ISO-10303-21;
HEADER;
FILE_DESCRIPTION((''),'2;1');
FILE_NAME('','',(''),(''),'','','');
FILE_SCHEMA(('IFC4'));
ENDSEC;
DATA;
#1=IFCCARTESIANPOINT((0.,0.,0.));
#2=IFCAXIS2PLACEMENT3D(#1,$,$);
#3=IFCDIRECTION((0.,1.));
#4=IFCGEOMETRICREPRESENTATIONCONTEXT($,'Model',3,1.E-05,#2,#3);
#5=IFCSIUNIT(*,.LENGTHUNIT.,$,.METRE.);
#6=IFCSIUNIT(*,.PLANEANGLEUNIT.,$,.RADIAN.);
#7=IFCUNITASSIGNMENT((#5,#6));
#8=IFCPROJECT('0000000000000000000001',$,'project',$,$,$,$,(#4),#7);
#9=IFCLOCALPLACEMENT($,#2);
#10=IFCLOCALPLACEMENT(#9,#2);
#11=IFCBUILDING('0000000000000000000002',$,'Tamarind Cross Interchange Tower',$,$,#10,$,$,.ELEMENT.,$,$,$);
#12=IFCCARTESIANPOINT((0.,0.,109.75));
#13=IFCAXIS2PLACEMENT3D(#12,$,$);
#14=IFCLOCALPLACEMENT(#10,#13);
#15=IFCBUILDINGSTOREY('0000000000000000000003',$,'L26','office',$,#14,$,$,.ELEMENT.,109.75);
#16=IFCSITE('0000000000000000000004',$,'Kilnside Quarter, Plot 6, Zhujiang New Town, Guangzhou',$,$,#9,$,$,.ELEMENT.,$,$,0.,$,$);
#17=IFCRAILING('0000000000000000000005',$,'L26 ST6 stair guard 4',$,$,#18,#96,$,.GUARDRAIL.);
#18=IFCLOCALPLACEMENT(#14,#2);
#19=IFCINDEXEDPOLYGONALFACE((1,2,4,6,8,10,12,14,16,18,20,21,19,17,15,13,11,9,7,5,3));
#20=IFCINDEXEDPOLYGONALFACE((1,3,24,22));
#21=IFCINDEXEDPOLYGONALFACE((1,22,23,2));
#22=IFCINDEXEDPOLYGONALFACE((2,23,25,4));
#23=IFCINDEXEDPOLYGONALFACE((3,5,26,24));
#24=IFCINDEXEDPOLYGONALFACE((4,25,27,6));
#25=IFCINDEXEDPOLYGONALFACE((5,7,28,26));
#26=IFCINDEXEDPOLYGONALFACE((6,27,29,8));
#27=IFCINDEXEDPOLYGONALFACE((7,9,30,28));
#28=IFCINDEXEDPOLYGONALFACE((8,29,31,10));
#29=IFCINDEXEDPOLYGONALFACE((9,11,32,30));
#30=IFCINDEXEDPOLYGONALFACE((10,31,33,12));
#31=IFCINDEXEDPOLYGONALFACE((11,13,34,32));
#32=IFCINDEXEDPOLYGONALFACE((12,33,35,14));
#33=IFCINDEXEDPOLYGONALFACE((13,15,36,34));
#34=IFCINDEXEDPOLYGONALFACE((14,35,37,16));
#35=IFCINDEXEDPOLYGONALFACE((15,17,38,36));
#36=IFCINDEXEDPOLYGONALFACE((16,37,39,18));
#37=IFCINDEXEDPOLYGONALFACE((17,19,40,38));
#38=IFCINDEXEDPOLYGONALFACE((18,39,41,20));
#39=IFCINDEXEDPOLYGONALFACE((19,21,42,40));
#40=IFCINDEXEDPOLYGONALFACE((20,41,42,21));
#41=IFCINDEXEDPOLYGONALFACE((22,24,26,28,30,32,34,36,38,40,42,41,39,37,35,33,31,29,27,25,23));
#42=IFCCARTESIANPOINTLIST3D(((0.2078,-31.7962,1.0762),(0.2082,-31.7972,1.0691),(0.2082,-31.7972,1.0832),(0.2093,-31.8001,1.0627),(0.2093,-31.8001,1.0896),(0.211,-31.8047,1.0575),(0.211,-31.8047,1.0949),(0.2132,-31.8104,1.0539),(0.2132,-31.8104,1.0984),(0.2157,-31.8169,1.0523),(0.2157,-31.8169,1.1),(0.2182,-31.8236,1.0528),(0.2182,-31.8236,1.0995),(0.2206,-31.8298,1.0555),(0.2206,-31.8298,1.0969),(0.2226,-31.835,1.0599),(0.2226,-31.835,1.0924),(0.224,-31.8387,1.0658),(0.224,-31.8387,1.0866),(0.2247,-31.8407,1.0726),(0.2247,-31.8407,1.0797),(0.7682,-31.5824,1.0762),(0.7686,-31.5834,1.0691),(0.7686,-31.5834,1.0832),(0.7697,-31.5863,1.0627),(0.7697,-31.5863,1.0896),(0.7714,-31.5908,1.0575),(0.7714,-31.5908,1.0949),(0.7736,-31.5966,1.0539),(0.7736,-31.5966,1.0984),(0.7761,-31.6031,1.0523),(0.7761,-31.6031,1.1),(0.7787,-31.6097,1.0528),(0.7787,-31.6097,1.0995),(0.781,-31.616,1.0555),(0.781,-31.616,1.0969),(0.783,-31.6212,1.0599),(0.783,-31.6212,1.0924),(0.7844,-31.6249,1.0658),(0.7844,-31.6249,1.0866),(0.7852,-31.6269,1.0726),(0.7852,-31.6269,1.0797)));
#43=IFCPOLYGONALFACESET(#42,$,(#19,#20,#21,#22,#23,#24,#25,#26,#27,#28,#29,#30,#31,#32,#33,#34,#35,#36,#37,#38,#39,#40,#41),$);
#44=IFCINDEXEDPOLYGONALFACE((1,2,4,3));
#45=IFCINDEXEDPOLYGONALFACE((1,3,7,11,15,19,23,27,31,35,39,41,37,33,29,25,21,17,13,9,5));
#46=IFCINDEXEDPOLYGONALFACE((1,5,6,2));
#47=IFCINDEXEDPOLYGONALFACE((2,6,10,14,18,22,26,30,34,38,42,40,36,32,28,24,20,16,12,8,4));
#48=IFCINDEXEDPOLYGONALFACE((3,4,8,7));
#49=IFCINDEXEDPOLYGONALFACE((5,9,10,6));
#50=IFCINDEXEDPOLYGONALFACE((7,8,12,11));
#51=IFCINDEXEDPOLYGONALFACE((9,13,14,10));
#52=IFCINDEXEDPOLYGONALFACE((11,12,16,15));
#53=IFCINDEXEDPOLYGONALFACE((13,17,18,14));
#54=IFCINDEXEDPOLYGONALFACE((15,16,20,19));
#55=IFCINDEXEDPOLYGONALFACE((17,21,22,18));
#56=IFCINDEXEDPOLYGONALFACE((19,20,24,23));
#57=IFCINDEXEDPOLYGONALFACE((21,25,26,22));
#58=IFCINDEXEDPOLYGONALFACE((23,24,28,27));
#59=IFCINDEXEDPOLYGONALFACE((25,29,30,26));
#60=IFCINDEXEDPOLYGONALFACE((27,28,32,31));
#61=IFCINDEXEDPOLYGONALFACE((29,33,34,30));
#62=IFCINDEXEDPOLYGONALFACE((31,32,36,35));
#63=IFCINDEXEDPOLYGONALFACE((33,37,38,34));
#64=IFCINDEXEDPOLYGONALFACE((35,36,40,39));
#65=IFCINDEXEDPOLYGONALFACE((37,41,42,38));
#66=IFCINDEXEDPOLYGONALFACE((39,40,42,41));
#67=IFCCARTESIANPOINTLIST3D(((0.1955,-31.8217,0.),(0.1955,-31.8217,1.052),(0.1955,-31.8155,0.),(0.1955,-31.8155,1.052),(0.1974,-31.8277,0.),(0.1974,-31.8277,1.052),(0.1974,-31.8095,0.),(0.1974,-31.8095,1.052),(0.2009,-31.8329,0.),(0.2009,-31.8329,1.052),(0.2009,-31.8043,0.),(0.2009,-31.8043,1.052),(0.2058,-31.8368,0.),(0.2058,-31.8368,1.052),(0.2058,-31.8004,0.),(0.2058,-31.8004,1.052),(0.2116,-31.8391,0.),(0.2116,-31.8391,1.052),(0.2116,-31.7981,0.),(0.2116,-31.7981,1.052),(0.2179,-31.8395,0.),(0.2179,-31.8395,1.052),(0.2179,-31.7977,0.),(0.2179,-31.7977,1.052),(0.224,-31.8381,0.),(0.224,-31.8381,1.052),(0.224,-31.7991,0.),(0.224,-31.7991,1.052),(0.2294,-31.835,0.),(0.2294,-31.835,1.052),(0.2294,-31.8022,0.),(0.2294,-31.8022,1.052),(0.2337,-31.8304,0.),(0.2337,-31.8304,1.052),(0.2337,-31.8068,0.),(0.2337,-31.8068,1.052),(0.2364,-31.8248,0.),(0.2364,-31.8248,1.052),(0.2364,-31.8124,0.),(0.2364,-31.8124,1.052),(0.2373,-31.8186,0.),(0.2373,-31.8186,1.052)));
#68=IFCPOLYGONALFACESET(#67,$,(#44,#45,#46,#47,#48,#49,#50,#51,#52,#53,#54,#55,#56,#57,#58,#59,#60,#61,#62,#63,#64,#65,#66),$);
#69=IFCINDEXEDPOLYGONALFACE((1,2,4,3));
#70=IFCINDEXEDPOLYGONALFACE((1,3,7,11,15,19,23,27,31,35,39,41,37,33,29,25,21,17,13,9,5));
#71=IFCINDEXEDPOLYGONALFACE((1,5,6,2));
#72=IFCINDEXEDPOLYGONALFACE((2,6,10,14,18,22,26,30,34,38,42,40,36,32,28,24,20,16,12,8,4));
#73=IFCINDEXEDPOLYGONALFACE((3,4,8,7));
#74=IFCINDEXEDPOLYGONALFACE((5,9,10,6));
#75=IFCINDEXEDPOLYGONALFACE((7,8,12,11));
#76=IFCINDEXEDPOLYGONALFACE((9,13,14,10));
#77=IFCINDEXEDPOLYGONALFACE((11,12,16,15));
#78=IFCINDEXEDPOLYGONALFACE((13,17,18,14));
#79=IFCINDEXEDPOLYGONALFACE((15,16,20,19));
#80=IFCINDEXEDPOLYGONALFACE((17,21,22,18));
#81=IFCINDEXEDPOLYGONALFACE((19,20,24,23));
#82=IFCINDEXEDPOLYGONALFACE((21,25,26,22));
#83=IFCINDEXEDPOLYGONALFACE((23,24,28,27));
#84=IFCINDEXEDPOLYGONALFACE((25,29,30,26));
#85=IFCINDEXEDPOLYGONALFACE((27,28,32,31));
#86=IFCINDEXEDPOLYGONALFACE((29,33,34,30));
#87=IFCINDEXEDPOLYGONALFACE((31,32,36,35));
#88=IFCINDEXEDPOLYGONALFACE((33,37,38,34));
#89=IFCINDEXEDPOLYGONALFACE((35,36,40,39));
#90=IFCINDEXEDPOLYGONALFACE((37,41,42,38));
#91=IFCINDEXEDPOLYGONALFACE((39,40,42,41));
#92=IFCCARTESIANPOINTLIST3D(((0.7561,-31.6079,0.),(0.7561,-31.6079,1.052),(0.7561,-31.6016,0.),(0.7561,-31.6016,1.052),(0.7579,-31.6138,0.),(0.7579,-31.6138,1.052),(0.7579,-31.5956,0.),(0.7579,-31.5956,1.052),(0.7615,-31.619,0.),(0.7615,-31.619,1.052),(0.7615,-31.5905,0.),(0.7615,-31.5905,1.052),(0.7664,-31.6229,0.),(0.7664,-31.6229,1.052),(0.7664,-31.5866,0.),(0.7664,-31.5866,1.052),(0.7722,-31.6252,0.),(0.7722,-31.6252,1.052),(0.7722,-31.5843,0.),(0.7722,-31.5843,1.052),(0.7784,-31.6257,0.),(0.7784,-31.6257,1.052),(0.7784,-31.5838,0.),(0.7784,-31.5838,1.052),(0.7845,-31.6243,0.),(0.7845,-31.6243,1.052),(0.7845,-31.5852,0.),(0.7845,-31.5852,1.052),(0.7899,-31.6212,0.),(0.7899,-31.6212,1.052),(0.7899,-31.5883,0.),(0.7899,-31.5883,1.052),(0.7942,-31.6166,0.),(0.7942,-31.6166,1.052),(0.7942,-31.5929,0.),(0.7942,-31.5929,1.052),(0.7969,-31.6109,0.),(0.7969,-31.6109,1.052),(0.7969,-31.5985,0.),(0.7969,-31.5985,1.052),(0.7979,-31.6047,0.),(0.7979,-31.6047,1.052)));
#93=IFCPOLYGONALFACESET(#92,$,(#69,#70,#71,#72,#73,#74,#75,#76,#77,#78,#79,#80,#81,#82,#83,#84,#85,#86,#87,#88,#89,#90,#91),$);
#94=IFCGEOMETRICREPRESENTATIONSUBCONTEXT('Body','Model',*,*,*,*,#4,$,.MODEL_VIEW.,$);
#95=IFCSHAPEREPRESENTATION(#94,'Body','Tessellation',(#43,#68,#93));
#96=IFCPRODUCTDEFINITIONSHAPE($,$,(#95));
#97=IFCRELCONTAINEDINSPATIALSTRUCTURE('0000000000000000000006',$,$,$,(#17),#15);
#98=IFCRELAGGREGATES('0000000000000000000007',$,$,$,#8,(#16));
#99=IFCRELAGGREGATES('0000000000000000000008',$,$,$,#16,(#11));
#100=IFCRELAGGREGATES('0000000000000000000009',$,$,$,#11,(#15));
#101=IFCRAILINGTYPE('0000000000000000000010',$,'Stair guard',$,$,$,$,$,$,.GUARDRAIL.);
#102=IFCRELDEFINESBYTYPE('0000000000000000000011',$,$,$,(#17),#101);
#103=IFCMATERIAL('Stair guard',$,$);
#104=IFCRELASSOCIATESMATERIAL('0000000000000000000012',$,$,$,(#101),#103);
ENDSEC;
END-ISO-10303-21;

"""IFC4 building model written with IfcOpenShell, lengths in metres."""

from ifc_helpers import new_model, si_unit, direction, frame, origin, origin_2d, place, context, subcontext, project, spatial, circle, extrude, material, type_object, element, save


model = new_model("IFC4")

# Units and contexts
model_context = context("Model", 3, precision=1e-05, world=origin(), true_north=direction((0.0, 1.0)))
body_context = subcontext(model_context, "Body", "Model", "MODEL_VIEW")
ifc_project = project(units=[si_unit("LENGTHUNIT", "METRE"), si_unit("PLANEANGLEUNIT", "RADIAN")], contexts=[model_context])

# Site, building, storey
site_placement = place(None, origin())
site = spatial("IfcSite", under=ifc_project, at=site_placement, Name="Kilnside Quarter, Plot 6, Zhujiang New Town, Guangzhou", CompositionType="ELEMENT", RefElevation=0.0)
building_placement = place(site_placement, origin())
building = spatial("IfcBuilding", under=site, at=building_placement, Name="Tamarind Cross Interchange Tower", CompositionType="ELEMENT")
storey_placement = place(building_placement, frame((0.0, 0.0, 109.75)))
storey = spatial("IfcBuildingStorey", under=building, at=storey_placement, Name="L26", Description="office", CompositionType="ELEMENT", Elevation=109.75)

# Railing
ifc_material_1 = material(Name="Stair guard")
railing_type_1 = type_object("IfcRailingType", Name="Stair guard", PredefinedType="GUARDRAIL", material=ifc_material_1)
railing_1_placement = place(storey_placement, frame((0.2163, -31.8186, 0.0)))
element("IfcRailing", 1, at=railing_1_placement, inside=storey, type_object=railing_type_1, Name="L26 ST6 stair guard 4", PredefinedType="GUARDRAIL", context=body_context, shape_type="SweptSolid", body=[
    extrude(circle(Radius=0.0239, at=origin_2d()), frame((0.0, 0.0, 1.0762), z_axis=(0.934307, 0.356469, 0.0), x_axis=(-0.356469, 0.934307, 0.0)), (0.0, 0.0, 1.0), 0.5999),
    extrude(circle(Radius=0.021, at=origin_2d()), origin(), (0.0, 0.0, 1.0), 1.052),
    extrude(circle(Radius=0.021, at=origin_2d()), frame((0.5605, 0.2139, 0.0)), (0.0, 0.0, 1.0), 1.052),
])

save(model, "model.ifc")
